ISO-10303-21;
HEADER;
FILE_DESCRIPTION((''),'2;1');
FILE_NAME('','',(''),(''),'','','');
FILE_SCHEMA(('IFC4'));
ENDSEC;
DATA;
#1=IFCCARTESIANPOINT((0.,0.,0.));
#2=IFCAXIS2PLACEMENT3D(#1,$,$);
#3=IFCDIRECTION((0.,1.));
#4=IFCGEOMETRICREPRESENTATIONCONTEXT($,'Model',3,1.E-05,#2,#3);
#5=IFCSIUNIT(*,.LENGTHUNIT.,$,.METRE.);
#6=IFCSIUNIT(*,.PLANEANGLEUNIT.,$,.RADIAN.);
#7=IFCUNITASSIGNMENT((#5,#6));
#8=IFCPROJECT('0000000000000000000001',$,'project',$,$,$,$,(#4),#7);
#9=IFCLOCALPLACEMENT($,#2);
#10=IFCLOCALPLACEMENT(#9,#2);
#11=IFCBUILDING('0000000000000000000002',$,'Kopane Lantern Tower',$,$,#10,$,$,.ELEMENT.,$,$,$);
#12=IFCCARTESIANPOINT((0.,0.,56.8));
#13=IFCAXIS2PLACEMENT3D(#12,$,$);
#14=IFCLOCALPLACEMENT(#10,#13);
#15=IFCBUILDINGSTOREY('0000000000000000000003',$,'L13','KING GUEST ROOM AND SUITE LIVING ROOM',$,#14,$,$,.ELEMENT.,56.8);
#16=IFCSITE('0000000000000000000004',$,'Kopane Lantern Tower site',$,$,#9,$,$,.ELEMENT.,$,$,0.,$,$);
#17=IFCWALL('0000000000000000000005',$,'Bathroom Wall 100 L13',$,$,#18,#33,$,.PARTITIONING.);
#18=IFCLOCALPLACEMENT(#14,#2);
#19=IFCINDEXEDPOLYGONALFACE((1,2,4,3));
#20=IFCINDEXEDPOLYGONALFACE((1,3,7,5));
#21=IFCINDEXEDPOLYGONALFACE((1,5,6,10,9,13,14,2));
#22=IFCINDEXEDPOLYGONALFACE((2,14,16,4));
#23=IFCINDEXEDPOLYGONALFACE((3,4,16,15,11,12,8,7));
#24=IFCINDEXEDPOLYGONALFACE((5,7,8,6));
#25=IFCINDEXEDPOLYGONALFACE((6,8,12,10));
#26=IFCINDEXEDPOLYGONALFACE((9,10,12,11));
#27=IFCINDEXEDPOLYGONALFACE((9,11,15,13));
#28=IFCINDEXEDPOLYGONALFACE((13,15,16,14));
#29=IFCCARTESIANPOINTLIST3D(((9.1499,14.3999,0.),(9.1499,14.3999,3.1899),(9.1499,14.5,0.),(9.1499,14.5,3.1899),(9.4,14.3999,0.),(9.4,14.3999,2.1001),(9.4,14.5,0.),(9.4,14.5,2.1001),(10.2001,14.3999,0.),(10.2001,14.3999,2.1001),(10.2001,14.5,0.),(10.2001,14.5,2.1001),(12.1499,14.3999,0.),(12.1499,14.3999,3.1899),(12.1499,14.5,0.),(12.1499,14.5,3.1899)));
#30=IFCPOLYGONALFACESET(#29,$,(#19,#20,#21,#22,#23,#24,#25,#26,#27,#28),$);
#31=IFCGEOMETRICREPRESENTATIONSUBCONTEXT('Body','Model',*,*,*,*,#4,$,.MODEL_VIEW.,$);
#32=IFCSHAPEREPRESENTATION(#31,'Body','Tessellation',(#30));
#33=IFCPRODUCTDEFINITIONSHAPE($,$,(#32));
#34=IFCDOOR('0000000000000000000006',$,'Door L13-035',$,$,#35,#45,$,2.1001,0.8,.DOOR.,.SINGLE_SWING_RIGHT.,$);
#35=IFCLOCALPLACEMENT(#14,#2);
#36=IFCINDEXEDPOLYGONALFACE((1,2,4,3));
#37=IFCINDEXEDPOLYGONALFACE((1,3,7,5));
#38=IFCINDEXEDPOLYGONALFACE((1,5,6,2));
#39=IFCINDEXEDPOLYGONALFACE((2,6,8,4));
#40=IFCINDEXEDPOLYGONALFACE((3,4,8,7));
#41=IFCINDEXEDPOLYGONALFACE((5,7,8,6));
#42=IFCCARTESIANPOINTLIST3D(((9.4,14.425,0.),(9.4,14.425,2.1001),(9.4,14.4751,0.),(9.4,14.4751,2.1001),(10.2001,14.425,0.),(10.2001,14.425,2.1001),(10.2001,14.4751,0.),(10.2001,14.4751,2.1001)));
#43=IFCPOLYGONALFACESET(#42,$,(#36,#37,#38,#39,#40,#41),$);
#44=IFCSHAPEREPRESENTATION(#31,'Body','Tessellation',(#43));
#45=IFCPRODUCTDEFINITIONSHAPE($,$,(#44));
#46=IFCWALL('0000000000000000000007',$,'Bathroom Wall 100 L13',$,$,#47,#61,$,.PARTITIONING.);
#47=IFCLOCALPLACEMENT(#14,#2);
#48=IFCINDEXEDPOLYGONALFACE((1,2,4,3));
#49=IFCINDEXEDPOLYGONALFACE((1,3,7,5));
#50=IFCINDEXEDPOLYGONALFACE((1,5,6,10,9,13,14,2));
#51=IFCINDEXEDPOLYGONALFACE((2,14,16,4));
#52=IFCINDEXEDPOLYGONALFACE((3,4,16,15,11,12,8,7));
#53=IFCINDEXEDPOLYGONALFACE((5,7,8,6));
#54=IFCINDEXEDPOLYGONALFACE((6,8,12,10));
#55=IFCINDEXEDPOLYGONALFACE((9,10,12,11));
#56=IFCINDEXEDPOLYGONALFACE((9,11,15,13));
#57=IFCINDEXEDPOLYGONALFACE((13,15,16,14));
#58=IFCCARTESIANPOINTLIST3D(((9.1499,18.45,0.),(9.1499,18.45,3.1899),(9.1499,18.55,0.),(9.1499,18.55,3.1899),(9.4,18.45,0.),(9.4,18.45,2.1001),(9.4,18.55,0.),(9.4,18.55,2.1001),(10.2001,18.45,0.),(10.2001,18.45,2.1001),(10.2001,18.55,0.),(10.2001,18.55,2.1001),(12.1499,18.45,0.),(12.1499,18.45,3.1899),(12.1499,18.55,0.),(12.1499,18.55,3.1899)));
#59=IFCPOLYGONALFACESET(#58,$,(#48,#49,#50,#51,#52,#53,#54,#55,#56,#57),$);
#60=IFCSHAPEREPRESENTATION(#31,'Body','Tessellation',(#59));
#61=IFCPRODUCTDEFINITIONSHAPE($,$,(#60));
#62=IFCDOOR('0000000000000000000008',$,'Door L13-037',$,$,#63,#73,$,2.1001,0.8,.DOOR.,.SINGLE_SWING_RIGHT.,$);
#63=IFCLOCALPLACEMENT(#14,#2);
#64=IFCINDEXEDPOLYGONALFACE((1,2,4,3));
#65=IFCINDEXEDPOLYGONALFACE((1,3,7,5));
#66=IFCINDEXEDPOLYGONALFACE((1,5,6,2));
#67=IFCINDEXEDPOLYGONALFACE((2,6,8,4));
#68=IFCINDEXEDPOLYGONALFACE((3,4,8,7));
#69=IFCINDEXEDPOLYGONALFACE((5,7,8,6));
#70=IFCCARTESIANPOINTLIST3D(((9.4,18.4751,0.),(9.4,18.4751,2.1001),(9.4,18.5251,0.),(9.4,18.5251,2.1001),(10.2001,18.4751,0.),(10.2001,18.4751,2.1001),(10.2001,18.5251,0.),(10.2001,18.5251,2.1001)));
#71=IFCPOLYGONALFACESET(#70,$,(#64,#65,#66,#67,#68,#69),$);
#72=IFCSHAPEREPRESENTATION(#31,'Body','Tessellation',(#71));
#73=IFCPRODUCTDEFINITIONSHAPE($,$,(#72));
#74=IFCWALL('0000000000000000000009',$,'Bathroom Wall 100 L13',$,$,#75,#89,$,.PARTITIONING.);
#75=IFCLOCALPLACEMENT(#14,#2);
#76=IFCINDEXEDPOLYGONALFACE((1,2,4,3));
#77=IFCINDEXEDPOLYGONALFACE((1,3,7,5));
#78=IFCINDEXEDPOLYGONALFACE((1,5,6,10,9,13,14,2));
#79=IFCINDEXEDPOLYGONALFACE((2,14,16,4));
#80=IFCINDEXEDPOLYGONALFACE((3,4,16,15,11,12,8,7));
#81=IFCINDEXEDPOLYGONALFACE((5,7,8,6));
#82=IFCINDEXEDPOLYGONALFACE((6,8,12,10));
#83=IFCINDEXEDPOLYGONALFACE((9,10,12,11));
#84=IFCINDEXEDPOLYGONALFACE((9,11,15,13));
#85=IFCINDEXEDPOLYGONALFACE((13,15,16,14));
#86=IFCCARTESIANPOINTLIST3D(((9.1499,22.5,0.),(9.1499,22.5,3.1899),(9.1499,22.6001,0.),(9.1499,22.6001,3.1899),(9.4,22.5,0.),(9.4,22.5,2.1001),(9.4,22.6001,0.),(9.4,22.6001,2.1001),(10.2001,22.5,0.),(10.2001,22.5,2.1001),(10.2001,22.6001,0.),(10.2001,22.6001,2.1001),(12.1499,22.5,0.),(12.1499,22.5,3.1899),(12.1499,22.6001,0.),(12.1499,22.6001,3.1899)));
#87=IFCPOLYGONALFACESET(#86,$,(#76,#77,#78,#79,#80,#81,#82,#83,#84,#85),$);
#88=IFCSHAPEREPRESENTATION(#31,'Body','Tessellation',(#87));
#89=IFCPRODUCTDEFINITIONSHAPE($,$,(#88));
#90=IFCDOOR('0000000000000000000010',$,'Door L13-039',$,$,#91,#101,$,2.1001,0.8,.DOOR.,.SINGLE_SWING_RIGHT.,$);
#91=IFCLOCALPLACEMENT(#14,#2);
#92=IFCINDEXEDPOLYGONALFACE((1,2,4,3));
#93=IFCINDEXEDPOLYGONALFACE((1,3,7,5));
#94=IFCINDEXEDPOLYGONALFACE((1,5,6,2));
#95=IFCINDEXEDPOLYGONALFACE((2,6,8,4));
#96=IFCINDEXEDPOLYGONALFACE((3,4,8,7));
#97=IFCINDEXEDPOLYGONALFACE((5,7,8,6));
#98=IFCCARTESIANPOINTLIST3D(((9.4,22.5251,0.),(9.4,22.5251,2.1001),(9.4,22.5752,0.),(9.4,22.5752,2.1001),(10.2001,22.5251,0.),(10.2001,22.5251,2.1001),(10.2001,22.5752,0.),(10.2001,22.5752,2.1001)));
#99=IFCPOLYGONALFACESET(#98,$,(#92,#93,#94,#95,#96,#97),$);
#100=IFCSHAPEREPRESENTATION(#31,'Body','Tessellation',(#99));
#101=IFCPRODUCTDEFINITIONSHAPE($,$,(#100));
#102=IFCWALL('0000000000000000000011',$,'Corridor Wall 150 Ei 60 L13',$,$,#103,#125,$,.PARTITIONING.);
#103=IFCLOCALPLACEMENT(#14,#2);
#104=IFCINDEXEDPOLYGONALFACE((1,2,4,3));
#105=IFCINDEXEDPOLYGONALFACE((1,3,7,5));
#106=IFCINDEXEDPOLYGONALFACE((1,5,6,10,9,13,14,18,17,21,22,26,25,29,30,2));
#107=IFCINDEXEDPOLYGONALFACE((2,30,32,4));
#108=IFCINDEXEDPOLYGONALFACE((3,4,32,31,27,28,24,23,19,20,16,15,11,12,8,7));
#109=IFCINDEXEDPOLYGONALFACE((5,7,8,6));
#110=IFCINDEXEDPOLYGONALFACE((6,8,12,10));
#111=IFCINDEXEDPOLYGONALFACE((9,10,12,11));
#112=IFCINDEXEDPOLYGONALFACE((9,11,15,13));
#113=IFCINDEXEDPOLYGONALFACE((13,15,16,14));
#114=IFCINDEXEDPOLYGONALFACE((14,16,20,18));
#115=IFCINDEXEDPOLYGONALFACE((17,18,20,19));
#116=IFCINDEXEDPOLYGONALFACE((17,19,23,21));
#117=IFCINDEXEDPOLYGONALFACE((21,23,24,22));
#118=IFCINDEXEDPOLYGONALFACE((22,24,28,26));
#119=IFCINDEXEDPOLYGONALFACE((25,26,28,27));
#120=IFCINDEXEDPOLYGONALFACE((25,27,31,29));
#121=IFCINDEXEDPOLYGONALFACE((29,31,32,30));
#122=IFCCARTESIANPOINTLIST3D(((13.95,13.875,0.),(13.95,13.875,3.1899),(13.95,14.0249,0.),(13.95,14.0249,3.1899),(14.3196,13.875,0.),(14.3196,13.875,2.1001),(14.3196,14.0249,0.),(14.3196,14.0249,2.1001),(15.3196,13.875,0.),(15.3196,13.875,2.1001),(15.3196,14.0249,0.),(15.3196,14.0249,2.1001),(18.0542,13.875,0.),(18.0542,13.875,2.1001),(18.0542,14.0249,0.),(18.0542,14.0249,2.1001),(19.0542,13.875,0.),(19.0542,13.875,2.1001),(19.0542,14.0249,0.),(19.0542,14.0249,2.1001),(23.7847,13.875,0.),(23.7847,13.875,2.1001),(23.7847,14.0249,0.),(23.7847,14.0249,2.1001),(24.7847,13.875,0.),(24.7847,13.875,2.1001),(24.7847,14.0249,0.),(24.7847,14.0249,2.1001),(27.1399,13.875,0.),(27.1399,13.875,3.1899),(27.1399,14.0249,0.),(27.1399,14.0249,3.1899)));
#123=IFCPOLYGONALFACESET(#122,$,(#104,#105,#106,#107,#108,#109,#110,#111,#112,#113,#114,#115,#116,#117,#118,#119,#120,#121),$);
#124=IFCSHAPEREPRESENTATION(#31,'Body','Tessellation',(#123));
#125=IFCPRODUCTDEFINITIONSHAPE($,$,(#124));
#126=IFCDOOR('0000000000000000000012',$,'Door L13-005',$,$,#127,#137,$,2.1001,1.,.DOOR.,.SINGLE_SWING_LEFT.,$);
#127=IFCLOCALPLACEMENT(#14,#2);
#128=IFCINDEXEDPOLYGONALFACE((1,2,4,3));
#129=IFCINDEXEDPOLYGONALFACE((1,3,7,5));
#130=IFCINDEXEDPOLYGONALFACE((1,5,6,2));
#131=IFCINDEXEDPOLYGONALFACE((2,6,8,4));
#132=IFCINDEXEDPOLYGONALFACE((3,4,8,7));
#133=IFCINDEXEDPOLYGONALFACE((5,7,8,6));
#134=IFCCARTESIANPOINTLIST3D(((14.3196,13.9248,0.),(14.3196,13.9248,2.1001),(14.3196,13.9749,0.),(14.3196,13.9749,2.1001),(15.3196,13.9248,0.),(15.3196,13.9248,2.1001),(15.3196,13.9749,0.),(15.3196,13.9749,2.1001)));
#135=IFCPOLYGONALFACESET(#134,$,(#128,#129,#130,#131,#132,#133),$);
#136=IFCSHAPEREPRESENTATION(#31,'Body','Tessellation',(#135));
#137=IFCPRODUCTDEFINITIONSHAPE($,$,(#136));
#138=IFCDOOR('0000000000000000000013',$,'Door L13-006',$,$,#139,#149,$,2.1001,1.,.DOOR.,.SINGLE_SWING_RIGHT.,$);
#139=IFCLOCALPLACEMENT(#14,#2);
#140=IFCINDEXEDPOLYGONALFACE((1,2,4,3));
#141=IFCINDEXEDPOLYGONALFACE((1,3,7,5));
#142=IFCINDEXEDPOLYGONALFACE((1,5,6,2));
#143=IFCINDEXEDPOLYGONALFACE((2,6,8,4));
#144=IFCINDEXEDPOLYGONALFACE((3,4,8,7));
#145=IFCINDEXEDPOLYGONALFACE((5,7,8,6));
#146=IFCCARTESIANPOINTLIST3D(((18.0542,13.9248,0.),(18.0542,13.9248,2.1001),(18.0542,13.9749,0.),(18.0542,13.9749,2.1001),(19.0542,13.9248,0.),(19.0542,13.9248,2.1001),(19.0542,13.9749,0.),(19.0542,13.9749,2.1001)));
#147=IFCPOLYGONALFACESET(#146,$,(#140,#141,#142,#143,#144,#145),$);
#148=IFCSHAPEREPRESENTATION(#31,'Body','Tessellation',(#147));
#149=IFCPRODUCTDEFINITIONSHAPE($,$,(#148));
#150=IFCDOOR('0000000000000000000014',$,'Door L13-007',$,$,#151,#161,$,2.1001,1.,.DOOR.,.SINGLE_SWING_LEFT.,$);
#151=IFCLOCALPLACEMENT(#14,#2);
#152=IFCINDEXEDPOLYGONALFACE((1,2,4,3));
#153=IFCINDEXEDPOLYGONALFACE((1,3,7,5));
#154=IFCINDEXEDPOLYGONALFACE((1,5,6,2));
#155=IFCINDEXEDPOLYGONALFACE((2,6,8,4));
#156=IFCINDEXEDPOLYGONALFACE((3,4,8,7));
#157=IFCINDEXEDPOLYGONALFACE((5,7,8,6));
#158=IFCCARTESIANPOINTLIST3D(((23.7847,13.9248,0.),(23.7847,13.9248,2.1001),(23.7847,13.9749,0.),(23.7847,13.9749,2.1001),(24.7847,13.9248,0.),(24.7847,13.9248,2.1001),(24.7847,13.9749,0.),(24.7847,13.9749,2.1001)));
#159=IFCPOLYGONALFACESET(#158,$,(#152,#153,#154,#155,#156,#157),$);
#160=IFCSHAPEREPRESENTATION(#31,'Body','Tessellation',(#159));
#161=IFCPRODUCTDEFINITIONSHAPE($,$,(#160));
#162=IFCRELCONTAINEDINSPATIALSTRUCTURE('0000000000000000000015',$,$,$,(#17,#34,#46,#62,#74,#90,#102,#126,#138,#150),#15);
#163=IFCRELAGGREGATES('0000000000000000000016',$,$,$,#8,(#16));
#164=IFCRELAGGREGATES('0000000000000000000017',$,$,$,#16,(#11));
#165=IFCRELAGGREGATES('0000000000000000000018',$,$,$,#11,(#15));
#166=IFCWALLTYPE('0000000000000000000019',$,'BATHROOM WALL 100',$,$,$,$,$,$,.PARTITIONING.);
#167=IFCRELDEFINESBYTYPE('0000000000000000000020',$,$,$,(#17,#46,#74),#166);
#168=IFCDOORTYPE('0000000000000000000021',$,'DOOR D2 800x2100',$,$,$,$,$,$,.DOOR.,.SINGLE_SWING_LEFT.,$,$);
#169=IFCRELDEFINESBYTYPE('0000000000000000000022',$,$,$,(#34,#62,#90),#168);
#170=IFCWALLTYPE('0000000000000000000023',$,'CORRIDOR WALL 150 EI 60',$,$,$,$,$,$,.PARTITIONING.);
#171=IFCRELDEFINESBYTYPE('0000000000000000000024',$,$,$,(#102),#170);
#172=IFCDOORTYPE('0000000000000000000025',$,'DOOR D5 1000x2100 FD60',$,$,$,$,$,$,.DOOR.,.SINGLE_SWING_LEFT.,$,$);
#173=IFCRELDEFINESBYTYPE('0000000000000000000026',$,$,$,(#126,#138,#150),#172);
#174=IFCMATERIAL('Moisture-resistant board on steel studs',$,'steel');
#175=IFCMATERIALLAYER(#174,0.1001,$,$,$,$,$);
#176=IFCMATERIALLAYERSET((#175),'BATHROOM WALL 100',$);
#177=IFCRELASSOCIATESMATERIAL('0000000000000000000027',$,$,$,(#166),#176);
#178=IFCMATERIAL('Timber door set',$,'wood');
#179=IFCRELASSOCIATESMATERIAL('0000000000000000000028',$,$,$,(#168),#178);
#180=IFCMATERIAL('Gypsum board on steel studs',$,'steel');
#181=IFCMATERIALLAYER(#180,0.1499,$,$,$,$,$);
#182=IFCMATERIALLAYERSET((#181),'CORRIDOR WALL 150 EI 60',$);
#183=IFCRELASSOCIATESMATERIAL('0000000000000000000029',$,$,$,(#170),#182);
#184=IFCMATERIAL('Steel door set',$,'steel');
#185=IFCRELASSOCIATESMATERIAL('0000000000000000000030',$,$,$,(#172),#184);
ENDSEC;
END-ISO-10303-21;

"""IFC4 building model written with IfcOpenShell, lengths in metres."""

from ifc_helpers import new_model, si_unit, direction, frame, frame_2d, origin, place, context, subcontext, project, spatial, rectangle, extrude, material, layer, layer_set, type_object, element, fill, save


model = new_model("IFC4")

# Units and contexts
model_context = context("Model", 3, precision=1e-05, world=origin(), true_north=direction((0.0, 1.0)))
body_context = subcontext(model_context, "Body", "Model", "MODEL_VIEW")
ifc_project = project(units=[si_unit("LENGTHUNIT", "METRE"), si_unit("PLANEANGLEUNIT", "RADIAN")], contexts=[model_context])

# Site, building, storey
site_placement = place(None, origin())
site = spatial("IfcSite", under=ifc_project, at=site_placement, Name="Kopane Lantern Tower site", CompositionType="ELEMENT", RefElevation=0.0)
building_placement = place(site_placement, origin())
building = spatial("IfcBuilding", under=site, at=building_placement, Name="Kopane Lantern Tower", CompositionType="ELEMENT")
storey_placement = place(building_placement, frame((0.0, 0.0, 56.8)))
storey = spatial("IfcBuildingStorey", under=building, at=storey_placement, Name="L13", Description="KING GUEST ROOM AND SUITE LIVING ROOM", CompositionType="ELEMENT", Elevation=56.8)

# Walls, openings, doors
ifc_material_1 = material(Name="Moisture-resistant board on steel studs", Category="steel")
ifc_layer_1 = layer(ifc_material_1, 0.1001)
ifc_layer_set_1 = layer_set([ifc_layer_1], Name="BATHROOM WALL 100")
wall_type_1 = type_object("IfcWallType", Name="BATHROOM WALL 100", PredefinedType="PARTITIONING", material=ifc_layer_set_1)
wall_1_placement = place(storey_placement, frame((12.1499, 14.45, 0.0), z_axis=(0.0, 0.0, 1.0), x_axis=(-1.0, 0.0, 0.0)))
wall_1 = element("IfcWall", 1, at=wall_1_placement, inside=storey, type_object=wall_type_1, Name="Bathroom Wall 100 L13", PredefinedType="PARTITIONING", context=body_context, shape_type="SweptSolid", body=[
    extrude(rectangle(XDim=3.0, YDim=0.1001, at=frame_2d((1.5, 0.0))), origin(), (0.0, 0.0, 1.0), 3.1899),
])
opening_1_placement = place(wall_1_placement, frame((1.95, 0.0, 0.0)))
opening_1 = element("IfcOpeningElement", 2, at=opening_1_placement, cuts=wall_1, PredefinedType="OPENING", context=body_context, shape_type="SweptSolid", body=[
    extrude(rectangle(XDim=0.8, YDim=2.1001, at=frame_2d((0.3999, 1.05))), frame((0.0, 0.0601, 0.0), z_axis=(0.0, -1.0, 0.0), x_axis=(1.0, 0.0, 0.0)), (0.0, 0.0, 1.0), 0.1201),
])
ifc_material_2 = material(Name="Timber door set", Category="wood")
door_type_1 = type_object("IfcDoorType", Name="DOOR D2 800x2100", OperationType="SINGLE_SWING_LEFT", PredefinedType="DOOR", material=ifc_material_2)
door_1_placement = place(opening_1_placement, origin())
door_1 = element("IfcDoor", 3, at=door_1_placement, inside=storey, type_object=door_type_1, Name="Door L13-035", OperationType="SINGLE_SWING_RIGHT", OverallHeight=2.1001, OverallWidth=0.8, PredefinedType="DOOR", context=body_context, shape_type="SweptSolid", body=[
    extrude(rectangle(XDim=0.8, YDim=2.1001, at=frame_2d((0.3999, 1.05))), frame((0.0, 0.0249, 0.0), z_axis=(0.0, -1.0, 0.0), x_axis=(1.0, 0.0, 0.0)), (0.0, 0.0, 1.0), 0.05),
])
fill(opening_1, door_1)
wall_2_placement = place(storey_placement, frame((12.1499, 18.5, 0.0), z_axis=(0.0, 0.0, 1.0), x_axis=(-1.0, 0.0, 0.0)))
wall_2 = element("IfcWall", 4, at=wall_2_placement, inside=storey, type_object=wall_type_1, Name="Bathroom Wall 100 L13", PredefinedType="PARTITIONING", context=body_context, shape_type="SweptSolid", body=[
    extrude(rectangle(XDim=3.0, YDim=0.1001, at=frame_2d((1.5, 0.0))), origin(), (0.0, 0.0, 1.0), 3.1899),
])
opening_2_placement = place(wall_2_placement, frame((1.95, 0.0, 0.0)))
opening_2 = element("IfcOpeningElement", 5, at=opening_2_placement, cuts=wall_2, PredefinedType="OPENING", context=body_context, shape_type="SweptSolid", body=[
    extrude(rectangle(XDim=0.8, YDim=2.1001, at=frame_2d((0.3999, 1.05))), frame((0.0, 0.0601, 0.0), z_axis=(0.0, -1.0, 0.0), x_axis=(1.0, 0.0, 0.0)), (0.0, 0.0, 1.0), 0.1201),
])
door_2_placement = place(opening_2_placement, origin())
door_2 = element("IfcDoor", 6, at=door_2_placement, inside=storey, type_object=door_type_1, Name="Door L13-037", OperationType="SINGLE_SWING_RIGHT", OverallHeight=2.1001, OverallWidth=0.8, PredefinedType="DOOR", context=body_context, shape_type="SweptSolid", body=[
    extrude(rectangle(XDim=0.8, YDim=2.1001, at=frame_2d((0.3999, 1.05))), frame((0.0, 0.0249, 0.0), z_axis=(0.0, -1.0, 0.0), x_axis=(1.0, 0.0, 0.0)), (0.0, 0.0, 1.0), 0.05),
])
fill(opening_2, door_2)
wall_3_placement = place(storey_placement, frame((12.1499, 22.55, 0.0), z_axis=(0.0, 0.0, 1.0), x_axis=(-1.0, 0.0, 0.0)))
wall_3 = element("IfcWall", 7, at=wall_3_placement, inside=storey, type_object=wall_type_1, Name="Bathroom Wall 100 L13", PredefinedType="PARTITIONING", context=body_context, shape_type="SweptSolid", body=[
    extrude(rectangle(XDim=3.0, YDim=0.1001, at=frame_2d((1.5, 0.0))), origin(), (0.0, 0.0, 1.0), 3.1899),
])
opening_3_placement = place(wall_3_placement, frame((1.95, 0.0, 0.0)))
opening_3 = element("IfcOpeningElement", 8, at=opening_3_placement, cuts=wall_3, PredefinedType="OPENING", context=body_context, shape_type="SweptSolid", body=[
    extrude(rectangle(XDim=0.8, YDim=2.1001, at=frame_2d((0.3999, 1.05))), frame((0.0, 0.0601, 0.0), z_axis=(0.0, -1.0, 0.0), x_axis=(1.0, 0.0, 0.0)), (0.0, 0.0, 1.0), 0.1201),
])
door_3_placement = place(opening_3_placement, origin())
door_3 = element("IfcDoor", 9, at=door_3_placement, inside=storey, type_object=door_type_1, Name="Door L13-039", OperationType="SINGLE_SWING_RIGHT", OverallHeight=2.1001, OverallWidth=0.8, PredefinedType="DOOR", context=body_context, shape_type="SweptSolid", body=[
    extrude(rectangle(XDim=0.8, YDim=2.1001, at=frame_2d((0.3999, 1.05))), frame((0.0, 0.0249, 0.0), z_axis=(0.0, -1.0, 0.0), x_axis=(1.0, 0.0, 0.0)), (0.0, 0.0, 1.0), 0.05),
])
fill(opening_3, door_3)

# Wall, openings, doors
ifc_material_3 = material(Name="Gypsum board on steel studs", Category="steel")
ifc_layer_2 = layer(ifc_material_3, 0.1499)
ifc_layer_set_2 = layer_set([ifc_layer_2], Name="CORRIDOR WALL 150 EI 60")
wall_type_2 = type_object("IfcWallType", Name="CORRIDOR WALL 150 EI 60", PredefinedType="PARTITIONING", material=ifc_layer_set_2)
wall_4_placement = place(storey_placement, frame((13.95, 13.95, 0.0), z_axis=(0.0, 0.0, 1.0), x_axis=(1.0, 0.0, 0.0)))
wall_4 = element("IfcWall", 10, at=wall_4_placement, inside=storey, type_object=wall_type_2, Name="Corridor Wall 150 Ei 60 L13", PredefinedType="PARTITIONING", context=body_context, shape_type="SweptSolid", body=[
    extrude(rectangle(XDim=13.1899, YDim=0.1499, at=frame_2d((6.595, 0.0))), origin(), (0.0, 0.0, 1.0), 3.1899),
])
opening_4_placement = place(wall_4_placement, frame((0.3696, 0.0, 0.0)))
opening_4 = element("IfcOpeningElement", 11, at=opening_4_placement, cuts=wall_4, PredefinedType="OPENING", context=body_context, shape_type="SweptSolid", body=[
    extrude(rectangle(XDim=1.0, YDim=2.1001, at=frame_2d((0.5, 1.05))), frame((0.0, 0.085, 0.0), z_axis=(0.0, -1.0, 0.0), x_axis=(1.0, 0.0, 0.0)), (0.0, 0.0, 1.0), 0.1699),
])
opening_5_placement = place(wall_4_placement, frame((4.1042, 0.0, 0.0)))
opening_5 = element("IfcOpeningElement", 12, at=opening_5_placement, cuts=wall_4, PredefinedType="OPENING", context=body_context, shape_type="SweptSolid", body=[
    extrude(rectangle(XDim=1.0, YDim=2.1001, at=frame_2d((0.5, 1.05))), frame((0.0, 0.085, 0.0), z_axis=(0.0, -1.0, 0.0), x_axis=(1.0, 0.0, 0.0)), (0.0, 0.0, 1.0), 0.1699),
])
opening_6_placement = place(wall_4_placement, frame((9.8347, 0.0, 0.0)))
opening_6 = element("IfcOpeningElement", 13, at=opening_6_placement, cuts=wall_4, PredefinedType="OPENING", context=body_context, shape_type="SweptSolid", body=[
    extrude(rectangle(XDim=1.0, YDim=2.1001, at=frame_2d((0.5, 1.05))), frame((0.0, 0.085, 0.0), z_axis=(0.0, -1.0, 0.0), x_axis=(1.0, 0.0, 0.0)), (0.0, 0.0, 1.0), 0.1699),
])
ifc_material_4 = material(Name="Steel door set", Category="steel")
door_type_2 = type_object("IfcDoorType", Name="DOOR D5 1000x2100 FD60", OperationType="SINGLE_SWING_LEFT", PredefinedType="DOOR", material=ifc_material_4)
door_4_placement = place(opening_4_placement, origin())
door_4 = element("IfcDoor", 14, at=door_4_placement, inside=storey, type_object=door_type_2, Name="Door L13-005", OperationType="SINGLE_SWING_LEFT", OverallHeight=2.1001, OverallWidth=1.0, PredefinedType="DOOR", context=body_context, shape_type="SweptSolid", body=[
    extrude(rectangle(XDim=1.0, YDim=2.1001, at=frame_2d((0.5, 1.05))), frame((0.0, 0.0249, 0.0), z_axis=(0.0, -1.0, 0.0), x_axis=(1.0, 0.0, 0.0)), (0.0, 0.0, 1.0), 0.05),
])
fill(opening_4, door_4)
door_5_placement = place(opening_5_placement, origin())
door_5 = element("IfcDoor", 15, at=door_5_placement, inside=storey, type_object=door_type_2, Name="Door L13-006", OperationType="SINGLE_SWING_RIGHT", OverallHeight=2.1001, OverallWidth=1.0, PredefinedType="DOOR", context=body_context, shape_type="SweptSolid", body=[
    extrude(rectangle(XDim=1.0, YDim=2.1001, at=frame_2d((0.5, 1.05))), frame((0.0, 0.0249, 0.0), z_axis=(0.0, -1.0, 0.0), x_axis=(1.0, 0.0, 0.0)), (0.0, 0.0, 1.0), 0.05),
])
fill(opening_5, door_5)
door_6_placement = place(opening_6_placement, origin())
door_6 = element("IfcDoor", 16, at=door_6_placement, inside=storey, type_object=door_type_2, Name="Door L13-007", OperationType="SINGLE_SWING_LEFT", OverallHeight=2.1001, OverallWidth=1.0, PredefinedType="DOOR", context=body_context, shape_type="SweptSolid", body=[
    extrude(rectangle(XDim=1.0, YDim=2.1001, at=frame_2d((0.5, 1.05))), frame((0.0, 0.0249, 0.0), z_axis=(0.0, -1.0, 0.0), x_axis=(1.0, 0.0, 0.0)), (0.0, 0.0, 1.0), 0.05),
])
fill(opening_6, door_6)

save(model, "model.ifc")
